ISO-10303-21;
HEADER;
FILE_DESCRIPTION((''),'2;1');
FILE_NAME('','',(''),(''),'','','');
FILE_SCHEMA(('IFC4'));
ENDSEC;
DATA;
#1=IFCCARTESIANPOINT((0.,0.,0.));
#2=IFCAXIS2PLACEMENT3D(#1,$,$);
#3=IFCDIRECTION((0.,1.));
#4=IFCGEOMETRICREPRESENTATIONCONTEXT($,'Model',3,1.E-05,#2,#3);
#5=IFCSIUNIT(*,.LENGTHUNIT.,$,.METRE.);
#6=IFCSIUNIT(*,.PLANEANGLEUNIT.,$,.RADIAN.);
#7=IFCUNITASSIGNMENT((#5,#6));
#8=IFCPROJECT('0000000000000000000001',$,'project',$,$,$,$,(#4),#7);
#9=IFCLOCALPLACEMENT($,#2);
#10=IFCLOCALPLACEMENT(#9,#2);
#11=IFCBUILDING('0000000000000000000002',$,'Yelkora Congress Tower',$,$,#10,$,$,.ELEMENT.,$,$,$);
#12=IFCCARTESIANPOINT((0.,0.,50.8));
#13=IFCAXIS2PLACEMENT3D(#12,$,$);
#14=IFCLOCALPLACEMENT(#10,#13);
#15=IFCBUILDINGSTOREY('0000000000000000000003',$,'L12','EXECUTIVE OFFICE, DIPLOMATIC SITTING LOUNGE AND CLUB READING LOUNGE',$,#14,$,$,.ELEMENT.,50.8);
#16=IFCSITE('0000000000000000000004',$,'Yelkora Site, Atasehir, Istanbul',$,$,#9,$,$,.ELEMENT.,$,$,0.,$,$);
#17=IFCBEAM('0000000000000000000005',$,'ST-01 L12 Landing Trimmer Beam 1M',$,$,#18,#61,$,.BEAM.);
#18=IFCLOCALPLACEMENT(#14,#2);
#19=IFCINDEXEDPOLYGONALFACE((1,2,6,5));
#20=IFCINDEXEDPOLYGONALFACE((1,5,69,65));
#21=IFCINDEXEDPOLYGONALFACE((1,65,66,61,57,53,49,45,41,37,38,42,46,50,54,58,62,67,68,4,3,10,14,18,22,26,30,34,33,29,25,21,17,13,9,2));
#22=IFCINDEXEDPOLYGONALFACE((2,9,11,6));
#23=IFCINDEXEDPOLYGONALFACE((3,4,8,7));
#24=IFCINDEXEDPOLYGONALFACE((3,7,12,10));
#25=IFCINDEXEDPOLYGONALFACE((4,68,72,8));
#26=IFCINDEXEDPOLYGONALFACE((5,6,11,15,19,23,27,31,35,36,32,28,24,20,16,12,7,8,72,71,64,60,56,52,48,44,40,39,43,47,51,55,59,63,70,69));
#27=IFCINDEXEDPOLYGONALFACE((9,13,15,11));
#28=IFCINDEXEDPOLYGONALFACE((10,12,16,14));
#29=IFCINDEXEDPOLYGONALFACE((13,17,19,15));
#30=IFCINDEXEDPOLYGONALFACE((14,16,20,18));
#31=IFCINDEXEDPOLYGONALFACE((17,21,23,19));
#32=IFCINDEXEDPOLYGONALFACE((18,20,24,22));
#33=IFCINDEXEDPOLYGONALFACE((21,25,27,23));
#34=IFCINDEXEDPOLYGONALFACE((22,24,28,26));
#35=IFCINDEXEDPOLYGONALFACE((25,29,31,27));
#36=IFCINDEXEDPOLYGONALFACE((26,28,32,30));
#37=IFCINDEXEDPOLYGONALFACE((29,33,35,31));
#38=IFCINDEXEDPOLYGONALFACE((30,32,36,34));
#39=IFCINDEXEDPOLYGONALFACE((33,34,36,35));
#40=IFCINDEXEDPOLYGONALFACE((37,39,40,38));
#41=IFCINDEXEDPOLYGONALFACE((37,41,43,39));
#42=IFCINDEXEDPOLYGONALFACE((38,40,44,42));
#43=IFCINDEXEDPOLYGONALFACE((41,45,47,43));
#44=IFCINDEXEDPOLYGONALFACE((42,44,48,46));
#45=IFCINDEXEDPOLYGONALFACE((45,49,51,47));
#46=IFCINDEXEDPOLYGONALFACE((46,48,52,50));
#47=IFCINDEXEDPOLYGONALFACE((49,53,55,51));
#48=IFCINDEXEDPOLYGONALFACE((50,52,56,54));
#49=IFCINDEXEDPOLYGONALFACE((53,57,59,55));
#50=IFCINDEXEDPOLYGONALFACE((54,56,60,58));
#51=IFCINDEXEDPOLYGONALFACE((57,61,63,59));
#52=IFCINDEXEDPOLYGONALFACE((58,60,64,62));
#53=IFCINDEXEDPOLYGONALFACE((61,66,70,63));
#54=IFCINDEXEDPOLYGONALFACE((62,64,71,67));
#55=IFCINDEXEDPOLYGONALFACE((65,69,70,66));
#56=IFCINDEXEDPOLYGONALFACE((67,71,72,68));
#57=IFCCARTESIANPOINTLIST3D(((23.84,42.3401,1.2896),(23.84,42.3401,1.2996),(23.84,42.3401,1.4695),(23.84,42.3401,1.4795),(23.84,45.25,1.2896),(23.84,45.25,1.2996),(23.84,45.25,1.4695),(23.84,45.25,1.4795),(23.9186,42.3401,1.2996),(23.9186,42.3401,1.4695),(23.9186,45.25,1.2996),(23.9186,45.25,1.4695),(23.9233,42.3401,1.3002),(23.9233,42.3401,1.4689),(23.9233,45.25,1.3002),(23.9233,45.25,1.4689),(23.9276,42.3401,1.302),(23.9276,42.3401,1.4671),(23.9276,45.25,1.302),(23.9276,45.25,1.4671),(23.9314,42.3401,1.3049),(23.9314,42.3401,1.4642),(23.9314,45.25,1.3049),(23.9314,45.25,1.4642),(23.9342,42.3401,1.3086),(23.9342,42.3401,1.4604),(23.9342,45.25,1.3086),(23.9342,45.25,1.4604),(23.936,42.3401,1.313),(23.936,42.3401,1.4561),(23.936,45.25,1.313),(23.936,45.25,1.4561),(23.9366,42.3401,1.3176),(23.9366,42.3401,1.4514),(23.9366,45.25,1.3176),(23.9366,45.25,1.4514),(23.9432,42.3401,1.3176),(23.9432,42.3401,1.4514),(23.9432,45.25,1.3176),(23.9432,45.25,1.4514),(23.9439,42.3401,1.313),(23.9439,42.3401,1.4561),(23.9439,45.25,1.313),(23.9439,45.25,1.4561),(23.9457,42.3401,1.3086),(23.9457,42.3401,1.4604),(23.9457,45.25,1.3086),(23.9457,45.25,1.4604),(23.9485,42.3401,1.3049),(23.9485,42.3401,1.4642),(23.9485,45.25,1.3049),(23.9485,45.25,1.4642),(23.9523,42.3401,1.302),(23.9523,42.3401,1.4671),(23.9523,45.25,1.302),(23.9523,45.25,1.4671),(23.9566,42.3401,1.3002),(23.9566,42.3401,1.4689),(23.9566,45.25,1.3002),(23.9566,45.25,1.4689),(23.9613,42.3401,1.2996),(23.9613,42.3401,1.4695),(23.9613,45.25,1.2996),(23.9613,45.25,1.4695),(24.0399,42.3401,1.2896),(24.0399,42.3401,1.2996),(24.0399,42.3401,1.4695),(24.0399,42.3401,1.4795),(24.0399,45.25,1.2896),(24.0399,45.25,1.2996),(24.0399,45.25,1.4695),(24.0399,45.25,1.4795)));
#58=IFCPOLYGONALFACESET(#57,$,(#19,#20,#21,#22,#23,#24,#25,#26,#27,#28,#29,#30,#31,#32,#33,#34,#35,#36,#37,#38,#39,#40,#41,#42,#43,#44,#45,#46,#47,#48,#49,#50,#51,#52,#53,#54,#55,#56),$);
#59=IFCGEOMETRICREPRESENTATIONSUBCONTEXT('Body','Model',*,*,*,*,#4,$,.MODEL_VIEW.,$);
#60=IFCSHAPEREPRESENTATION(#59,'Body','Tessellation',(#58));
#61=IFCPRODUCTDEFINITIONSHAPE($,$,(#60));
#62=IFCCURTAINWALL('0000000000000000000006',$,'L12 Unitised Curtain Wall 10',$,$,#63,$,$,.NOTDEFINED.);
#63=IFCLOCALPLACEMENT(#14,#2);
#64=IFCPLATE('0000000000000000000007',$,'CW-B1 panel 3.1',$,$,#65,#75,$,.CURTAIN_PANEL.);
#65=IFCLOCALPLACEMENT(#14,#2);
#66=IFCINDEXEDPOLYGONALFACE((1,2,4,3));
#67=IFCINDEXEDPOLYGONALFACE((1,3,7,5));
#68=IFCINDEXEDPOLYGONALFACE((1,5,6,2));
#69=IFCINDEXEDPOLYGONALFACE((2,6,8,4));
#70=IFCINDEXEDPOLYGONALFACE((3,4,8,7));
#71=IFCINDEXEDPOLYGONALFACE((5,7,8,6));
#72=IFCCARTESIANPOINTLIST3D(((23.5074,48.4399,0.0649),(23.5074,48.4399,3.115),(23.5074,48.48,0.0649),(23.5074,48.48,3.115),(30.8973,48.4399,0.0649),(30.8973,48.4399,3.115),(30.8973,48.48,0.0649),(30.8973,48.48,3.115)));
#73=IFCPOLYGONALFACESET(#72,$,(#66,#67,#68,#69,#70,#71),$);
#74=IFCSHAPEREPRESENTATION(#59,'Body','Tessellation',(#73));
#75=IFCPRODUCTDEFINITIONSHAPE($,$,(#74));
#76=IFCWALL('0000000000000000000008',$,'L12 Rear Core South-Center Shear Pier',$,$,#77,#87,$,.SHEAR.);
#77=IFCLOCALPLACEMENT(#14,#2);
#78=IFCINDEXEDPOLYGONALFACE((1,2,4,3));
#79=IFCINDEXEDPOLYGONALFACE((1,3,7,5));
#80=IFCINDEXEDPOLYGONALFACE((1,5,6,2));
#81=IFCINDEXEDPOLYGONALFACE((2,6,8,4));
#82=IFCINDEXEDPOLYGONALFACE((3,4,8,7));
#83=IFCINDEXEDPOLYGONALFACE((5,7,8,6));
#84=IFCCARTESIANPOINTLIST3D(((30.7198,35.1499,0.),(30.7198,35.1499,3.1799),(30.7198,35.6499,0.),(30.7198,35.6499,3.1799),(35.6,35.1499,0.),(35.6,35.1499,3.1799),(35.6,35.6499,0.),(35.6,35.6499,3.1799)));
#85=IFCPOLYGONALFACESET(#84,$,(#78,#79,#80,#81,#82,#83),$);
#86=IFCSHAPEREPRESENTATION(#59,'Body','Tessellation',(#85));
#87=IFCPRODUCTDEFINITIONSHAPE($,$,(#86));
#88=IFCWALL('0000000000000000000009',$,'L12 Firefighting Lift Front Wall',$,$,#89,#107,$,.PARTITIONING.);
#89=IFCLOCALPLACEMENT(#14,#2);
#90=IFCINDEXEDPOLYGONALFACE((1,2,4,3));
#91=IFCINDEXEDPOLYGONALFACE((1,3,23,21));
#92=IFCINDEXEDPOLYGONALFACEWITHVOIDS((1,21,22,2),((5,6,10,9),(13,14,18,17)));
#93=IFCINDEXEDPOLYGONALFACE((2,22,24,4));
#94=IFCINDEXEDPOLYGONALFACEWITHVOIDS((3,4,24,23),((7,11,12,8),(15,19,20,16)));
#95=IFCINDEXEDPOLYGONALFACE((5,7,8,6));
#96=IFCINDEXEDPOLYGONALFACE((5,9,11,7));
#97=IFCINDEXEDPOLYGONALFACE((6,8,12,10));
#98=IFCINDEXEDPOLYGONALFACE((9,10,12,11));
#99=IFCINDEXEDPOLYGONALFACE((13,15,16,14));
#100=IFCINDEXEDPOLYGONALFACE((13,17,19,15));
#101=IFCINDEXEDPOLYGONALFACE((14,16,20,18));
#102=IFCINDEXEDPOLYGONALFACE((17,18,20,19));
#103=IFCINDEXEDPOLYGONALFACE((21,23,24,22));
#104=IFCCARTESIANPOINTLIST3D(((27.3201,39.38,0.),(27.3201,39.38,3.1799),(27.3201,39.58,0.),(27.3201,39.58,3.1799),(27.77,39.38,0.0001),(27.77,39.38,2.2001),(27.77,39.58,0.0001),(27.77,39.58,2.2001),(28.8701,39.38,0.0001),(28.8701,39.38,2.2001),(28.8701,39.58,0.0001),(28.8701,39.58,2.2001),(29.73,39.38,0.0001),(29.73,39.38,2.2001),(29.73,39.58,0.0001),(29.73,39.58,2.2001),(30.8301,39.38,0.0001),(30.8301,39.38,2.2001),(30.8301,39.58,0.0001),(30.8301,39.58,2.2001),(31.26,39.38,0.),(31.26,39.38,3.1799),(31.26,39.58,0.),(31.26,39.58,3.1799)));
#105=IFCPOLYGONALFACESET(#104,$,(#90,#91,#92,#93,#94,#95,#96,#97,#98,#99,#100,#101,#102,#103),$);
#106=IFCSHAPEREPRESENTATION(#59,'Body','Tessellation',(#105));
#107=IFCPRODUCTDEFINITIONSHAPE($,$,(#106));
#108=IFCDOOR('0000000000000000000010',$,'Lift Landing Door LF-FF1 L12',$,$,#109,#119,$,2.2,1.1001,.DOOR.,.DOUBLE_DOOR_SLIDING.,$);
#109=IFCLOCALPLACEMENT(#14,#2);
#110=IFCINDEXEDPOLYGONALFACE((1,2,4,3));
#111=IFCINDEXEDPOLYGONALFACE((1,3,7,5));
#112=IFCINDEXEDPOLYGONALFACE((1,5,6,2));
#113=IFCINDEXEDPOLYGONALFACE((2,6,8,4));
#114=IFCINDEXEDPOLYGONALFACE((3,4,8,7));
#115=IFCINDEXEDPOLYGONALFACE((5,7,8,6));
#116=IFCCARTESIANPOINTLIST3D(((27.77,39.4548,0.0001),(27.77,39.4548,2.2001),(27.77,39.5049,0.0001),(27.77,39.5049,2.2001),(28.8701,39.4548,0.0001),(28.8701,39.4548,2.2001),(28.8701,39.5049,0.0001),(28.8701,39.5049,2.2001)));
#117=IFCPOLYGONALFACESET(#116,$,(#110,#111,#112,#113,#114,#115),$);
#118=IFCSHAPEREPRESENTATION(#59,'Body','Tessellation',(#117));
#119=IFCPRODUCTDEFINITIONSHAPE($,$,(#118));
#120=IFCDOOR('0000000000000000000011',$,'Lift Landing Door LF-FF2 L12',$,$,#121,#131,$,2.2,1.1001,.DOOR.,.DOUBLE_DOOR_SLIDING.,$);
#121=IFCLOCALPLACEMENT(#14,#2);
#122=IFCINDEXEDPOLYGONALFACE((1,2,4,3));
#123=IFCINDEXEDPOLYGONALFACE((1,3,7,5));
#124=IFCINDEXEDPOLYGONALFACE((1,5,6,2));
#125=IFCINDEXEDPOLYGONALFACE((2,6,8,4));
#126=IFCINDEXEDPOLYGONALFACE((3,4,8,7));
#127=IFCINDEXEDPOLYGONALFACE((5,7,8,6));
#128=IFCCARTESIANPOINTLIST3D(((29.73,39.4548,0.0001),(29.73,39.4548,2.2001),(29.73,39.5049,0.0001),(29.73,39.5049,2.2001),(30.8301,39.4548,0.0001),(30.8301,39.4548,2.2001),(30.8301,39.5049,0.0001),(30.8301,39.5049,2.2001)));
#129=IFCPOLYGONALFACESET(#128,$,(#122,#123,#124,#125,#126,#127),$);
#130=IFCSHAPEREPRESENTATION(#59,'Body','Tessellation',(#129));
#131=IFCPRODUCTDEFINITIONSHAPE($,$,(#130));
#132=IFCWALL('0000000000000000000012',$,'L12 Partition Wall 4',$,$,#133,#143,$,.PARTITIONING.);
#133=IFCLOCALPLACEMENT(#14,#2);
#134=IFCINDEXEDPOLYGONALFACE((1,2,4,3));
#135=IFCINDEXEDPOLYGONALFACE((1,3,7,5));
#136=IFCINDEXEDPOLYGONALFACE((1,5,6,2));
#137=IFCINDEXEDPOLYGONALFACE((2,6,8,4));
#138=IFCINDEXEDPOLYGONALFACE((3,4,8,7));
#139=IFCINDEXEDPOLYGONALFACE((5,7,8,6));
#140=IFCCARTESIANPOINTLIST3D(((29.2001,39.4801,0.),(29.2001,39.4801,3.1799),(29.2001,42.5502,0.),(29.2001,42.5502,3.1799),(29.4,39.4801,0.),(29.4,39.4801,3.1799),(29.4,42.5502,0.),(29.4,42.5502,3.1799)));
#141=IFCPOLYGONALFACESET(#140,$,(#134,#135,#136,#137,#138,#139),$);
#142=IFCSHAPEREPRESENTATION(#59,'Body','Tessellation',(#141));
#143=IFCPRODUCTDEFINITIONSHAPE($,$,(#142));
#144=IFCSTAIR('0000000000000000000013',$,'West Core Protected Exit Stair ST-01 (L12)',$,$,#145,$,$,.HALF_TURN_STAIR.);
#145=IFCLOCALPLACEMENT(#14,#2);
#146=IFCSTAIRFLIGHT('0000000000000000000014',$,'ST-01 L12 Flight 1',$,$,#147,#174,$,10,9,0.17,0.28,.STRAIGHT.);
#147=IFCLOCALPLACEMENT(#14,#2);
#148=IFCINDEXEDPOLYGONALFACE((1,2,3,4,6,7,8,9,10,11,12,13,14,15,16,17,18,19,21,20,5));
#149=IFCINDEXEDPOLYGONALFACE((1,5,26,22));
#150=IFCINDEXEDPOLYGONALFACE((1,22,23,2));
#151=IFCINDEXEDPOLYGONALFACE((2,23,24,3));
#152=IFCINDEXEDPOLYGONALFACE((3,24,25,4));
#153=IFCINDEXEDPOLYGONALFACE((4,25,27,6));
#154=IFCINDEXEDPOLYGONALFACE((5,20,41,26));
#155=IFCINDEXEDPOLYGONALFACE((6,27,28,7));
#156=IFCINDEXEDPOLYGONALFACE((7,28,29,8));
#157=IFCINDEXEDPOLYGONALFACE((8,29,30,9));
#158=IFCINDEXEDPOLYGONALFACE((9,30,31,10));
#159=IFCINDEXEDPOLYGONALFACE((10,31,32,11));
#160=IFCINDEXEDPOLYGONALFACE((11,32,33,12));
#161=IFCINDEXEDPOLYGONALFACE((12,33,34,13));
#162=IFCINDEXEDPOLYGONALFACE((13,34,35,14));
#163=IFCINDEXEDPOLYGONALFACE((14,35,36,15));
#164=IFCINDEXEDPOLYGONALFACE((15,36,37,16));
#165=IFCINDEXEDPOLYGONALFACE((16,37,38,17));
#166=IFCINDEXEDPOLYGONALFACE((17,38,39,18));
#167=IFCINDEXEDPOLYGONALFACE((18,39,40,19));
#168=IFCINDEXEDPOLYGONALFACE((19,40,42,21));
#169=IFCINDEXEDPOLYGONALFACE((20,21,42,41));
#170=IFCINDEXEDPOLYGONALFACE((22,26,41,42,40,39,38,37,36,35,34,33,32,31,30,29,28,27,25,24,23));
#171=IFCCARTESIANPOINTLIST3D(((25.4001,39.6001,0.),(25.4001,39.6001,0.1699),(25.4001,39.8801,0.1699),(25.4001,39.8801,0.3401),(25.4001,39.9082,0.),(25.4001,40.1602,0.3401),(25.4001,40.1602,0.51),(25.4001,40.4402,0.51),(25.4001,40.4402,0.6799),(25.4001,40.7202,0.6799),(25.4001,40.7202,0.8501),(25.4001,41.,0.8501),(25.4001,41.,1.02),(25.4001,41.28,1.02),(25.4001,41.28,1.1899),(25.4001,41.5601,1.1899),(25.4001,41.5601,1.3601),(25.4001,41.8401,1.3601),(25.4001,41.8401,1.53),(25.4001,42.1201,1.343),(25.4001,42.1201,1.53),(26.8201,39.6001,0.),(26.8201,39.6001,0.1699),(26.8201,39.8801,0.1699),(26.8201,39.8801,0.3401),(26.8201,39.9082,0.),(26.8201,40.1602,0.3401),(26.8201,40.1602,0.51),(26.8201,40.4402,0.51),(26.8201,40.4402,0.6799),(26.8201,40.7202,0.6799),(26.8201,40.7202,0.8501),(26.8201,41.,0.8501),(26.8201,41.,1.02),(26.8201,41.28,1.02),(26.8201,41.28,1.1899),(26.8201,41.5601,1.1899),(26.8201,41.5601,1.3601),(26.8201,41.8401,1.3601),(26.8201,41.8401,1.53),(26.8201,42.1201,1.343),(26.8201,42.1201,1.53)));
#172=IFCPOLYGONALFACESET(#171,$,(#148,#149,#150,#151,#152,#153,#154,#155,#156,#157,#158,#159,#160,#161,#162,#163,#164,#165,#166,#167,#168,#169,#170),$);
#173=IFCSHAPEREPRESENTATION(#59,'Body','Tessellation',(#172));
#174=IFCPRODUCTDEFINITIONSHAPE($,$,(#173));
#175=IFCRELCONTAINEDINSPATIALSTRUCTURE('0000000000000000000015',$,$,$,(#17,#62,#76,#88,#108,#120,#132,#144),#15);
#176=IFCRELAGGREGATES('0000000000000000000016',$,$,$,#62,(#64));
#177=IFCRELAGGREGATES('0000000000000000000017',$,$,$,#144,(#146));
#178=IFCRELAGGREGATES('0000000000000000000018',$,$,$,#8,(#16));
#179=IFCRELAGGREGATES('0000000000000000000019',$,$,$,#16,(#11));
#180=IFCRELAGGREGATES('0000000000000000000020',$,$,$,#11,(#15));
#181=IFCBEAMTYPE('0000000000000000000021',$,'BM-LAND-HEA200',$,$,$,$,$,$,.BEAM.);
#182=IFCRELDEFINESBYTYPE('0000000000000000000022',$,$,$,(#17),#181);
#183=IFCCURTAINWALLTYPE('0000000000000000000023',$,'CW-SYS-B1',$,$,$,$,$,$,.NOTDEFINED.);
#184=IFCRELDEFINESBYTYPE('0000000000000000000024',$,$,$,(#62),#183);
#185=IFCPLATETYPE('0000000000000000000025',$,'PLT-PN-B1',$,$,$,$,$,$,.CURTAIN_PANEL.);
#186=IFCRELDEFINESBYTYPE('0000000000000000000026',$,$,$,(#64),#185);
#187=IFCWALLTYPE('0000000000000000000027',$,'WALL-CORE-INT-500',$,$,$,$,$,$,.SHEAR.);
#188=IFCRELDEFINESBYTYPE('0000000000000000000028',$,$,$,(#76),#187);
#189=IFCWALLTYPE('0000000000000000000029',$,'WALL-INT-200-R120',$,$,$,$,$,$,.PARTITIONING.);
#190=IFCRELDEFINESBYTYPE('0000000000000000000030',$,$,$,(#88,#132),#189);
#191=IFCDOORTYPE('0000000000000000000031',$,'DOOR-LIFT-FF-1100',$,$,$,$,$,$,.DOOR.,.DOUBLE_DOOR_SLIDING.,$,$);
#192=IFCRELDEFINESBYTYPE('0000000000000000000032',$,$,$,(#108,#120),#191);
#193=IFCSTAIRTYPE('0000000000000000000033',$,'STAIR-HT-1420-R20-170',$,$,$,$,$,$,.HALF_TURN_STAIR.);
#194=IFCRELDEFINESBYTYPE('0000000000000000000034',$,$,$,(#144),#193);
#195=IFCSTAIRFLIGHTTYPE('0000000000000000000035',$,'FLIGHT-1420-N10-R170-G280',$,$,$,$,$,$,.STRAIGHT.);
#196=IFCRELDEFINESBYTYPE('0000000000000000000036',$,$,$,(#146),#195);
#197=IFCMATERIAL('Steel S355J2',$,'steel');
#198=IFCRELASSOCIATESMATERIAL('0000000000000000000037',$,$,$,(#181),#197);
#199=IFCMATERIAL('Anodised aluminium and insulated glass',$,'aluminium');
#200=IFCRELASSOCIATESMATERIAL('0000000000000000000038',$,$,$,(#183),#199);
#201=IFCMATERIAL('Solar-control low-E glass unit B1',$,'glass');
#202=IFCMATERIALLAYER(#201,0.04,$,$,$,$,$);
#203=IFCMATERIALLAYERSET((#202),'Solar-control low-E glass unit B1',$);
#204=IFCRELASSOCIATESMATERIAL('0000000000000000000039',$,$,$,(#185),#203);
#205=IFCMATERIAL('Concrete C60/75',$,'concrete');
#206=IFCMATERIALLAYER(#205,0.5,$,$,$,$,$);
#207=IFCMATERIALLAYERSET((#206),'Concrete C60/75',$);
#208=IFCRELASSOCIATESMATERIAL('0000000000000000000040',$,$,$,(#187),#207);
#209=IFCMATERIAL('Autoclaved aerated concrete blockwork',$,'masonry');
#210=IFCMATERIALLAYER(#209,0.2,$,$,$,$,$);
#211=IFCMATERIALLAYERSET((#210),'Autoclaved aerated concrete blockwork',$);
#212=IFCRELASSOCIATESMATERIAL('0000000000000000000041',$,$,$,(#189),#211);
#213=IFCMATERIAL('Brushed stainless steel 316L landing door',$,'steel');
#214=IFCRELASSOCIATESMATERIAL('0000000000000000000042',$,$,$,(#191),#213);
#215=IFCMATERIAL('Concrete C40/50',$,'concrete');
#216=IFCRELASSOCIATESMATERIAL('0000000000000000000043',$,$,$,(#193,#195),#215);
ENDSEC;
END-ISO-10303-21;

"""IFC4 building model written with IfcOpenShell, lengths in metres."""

from ifc_helpers import new_model, si_unit, direction, frame, frame_2d, origin, origin_2d, place, context, subcontext, project, spatial, polyline, rectangle, i_section, outline, extrude, material, layer, layer_set, material_profile, profile_set, type_object, element, fill, aggregate, save


model = new_model("IFC4")

# Units and contexts
model_context = context("Model", 3, precision=1e-05, world=origin(), true_north=direction((0.0, 1.0)))
body_context = subcontext(model_context, "Body", "Model", "MODEL_VIEW")
ifc_project = project(units=[si_unit("LENGTHUNIT", "METRE"), si_unit("PLANEANGLEUNIT", "RADIAN")], contexts=[model_context])

# Site, building, storey
site_placement = place(None, origin())
site = spatial("IfcSite", under=ifc_project, at=site_placement, Name="Yelkora Site, Atasehir, Istanbul", CompositionType="ELEMENT", RefElevation=0.0)
building_placement = place(site_placement, origin())
building = spatial("IfcBuilding", under=site, at=building_placement, Name="Yelkora Congress Tower", CompositionType="ELEMENT")
storey_placement = place(building_placement, frame((0.0, 0.0, 50.8)))
storey = spatial("IfcBuildingStorey", under=building, at=storey_placement, Name="L12", Description="EXECUTIVE OFFICE, DIPLOMATIC SITTING LOUNGE AND CLUB READING LOUNGE", CompositionType="ELEMENT", Elevation=50.8)

# Beam
ifc_material_1 = material(Name="Steel S355J2", Category="steel")
ifc_material_profile = material_profile(ifc_material_1, i_section(OverallWidth=0.2, OverallDepth=0.1899, WebThickness=0.0066, FlangeThickness=0.01, FilletRadius=0.0181, at=origin_2d()), Name="HEA 200")
ifc_profile_set = profile_set([ifc_material_profile], Name="Steel S355J2")
beam_type = type_object("IfcBeamType", Name="BM-LAND-HEA200", PredefinedType="BEAM", material=ifc_profile_set)
beam_placement = place(storey_placement, frame((23.9399, 42.3401, 1.3845), z_axis=(0.0, 1.0, 0.0), x_axis=(-1.0, 0.0, 0.0)))
element("IfcBeam", 1, at=beam_placement, inside=storey, type_object=beam_type, Name="ST-01 L12 Landing Trimmer Beam 1M", PredefinedType="BEAM", context=body_context, shape_type="SweptSolid", body=[
    extrude(i_section(OverallWidth=0.2, OverallDepth=0.1899, WebThickness=0.0066, FlangeThickness=0.01, FilletRadius=0.0181, at=origin_2d()), origin(), (0.0, 0.0, 1.0), 2.9099),
])

# Curtain wall, plate
ifc_material_2 = material(Name="Anodised aluminium and insulated glass", Category="aluminium")
curtain_wall_type = type_object("IfcCurtainWallType", Name="CW-SYS-B1", PredefinedType="NOTDEFINED", material=ifc_material_2)
curtain_wall_placement = place(storey_placement, origin())
curtain_wall = element("IfcCurtainWall", 2, at=curtain_wall_placement, inside=storey, type_object=curtain_wall_type, Name="L12 Unitised Curtain Wall 10", PredefinedType="NOTDEFINED")
ifc_material_3 = material(Name="Solar-control low-E glass unit B1", Category="glass")
ifc_layer_1 = layer(ifc_material_3, 0.04)
ifc_layer_set_1 = layer_set([ifc_layer_1], Name="Solar-control low-E glass unit B1")
plate_type = type_object("IfcPlateType", Name="PLT-PN-B1", PredefinedType="CURTAIN_PANEL", material=ifc_layer_set_1)
plate_placement = place(storey_placement, frame((27.2024, 48.46, 0.0649), z_axis=(0.0, 0.0, 1.0), x_axis=(1.0, 0.0, 0.0)))
plate = element("IfcPlate", 3, at=plate_placement, type_object=plate_type, Name="CW-B1 panel 3.1", PredefinedType="CURTAIN_PANEL", context=body_context, shape_type="SweptSolid", body=[
    extrude(rectangle(XDim=7.3899, YDim=0.04, at=origin_2d()), origin(), (0.0, 0.0, 1.0), 3.05),
])
aggregate(curtain_wall, [plate])

# Wall
ifc_material_4 = material(Name="Concrete C60/75", Category="concrete")
ifc_layer_2 = layer(ifc_material_4, 0.5)
ifc_layer_set_2 = layer_set([ifc_layer_2], Name="Concrete C60/75")
wall_type_1 = type_object("IfcWallType", Name="WALL-CORE-INT-500", PredefinedType="SHEAR", material=ifc_layer_set_2)
wall_1_placement = place(storey_placement, frame((30.72, 35.3999, 0.0), z_axis=(0.0, 0.0, 1.0), x_axis=(1.0, 0.0, 0.0)))
element("IfcWall", 4, at=wall_1_placement, inside=storey, type_object=wall_type_1, Name="L12 Rear Core South-Center Shear Pier", PredefinedType="SHEAR", context=body_context, shape_type="SweptSolid", body=[
    extrude(rectangle(XDim=4.8801, YDim=0.5, at=frame_2d((2.4399, 0.0))), origin(), (0.0, 0.0, 1.0), 3.1799),
])

# Shared definitions
ifc_material_5 = material(Name="Autoclaved aerated concrete blockwork", Category="masonry")
ifc_layer_3 = layer(ifc_material_5, 0.2)
ifc_layer_set_3 = layer_set([ifc_layer_3], Name="Autoclaved aerated concrete blockwork")
wall_type_2 = type_object("IfcWallType", Name="WALL-INT-200-R120", PredefinedType="PARTITIONING", material=ifc_layer_set_3)

# Wall, openings, doors
wall_2_placement = place(storey_placement, frame((27.3201, 39.48, 0.0), z_axis=(0.0, 0.0, 1.0), x_axis=(1.0, 0.0, 0.0)))
wall_2 = element("IfcWall", 5, at=wall_2_placement, inside=storey, type_object=wall_type_2, Name="L12 Firefighting Lift Front Wall", PredefinedType="PARTITIONING", context=body_context, shape_type="SweptSolid", body=[
    extrude(rectangle(XDim=3.9399, YDim=0.2, at=frame_2d((1.97, 0.0))), origin(), (0.0, 0.0, 1.0), 3.1799),
])
opening_1_placement = place(wall_2_placement, frame((0.45, 0.0, 0.0)))
opening_1 = element("IfcOpeningElement", 6, at=opening_1_placement, cuts=wall_2, PredefinedType="OPENING", context=body_context, shape_type="SweptSolid", body=[
    extrude(rectangle(XDim=1.1001, YDim=2.2, at=frame_2d((0.55, 1.1001))), frame((0.0, 0.1099, 0.0), z_axis=(0.0, -1.0, 0.0), x_axis=(1.0, 0.0, 0.0)), (0.0, 0.0, 1.0), 0.22),
])
opening_2_placement = place(wall_2_placement, frame((2.4099, 0.0, 0.0)))
opening_2 = element("IfcOpeningElement", 7, at=opening_2_placement, cuts=wall_2, PredefinedType="OPENING", context=body_context, shape_type="SweptSolid", body=[
    extrude(rectangle(XDim=1.1001, YDim=2.2, at=frame_2d((0.55, 1.1001))), frame((0.0, 0.1099, 0.0), z_axis=(0.0, -1.0, 0.0), x_axis=(1.0, 0.0, 0.0)), (0.0, 0.0, 1.0), 0.22),
])
ifc_material_6 = material(Name="Brushed stainless steel 316L landing door", Category="steel")
door_type_1 = type_object("IfcDoorType", Name="DOOR-LIFT-FF-1100", OperationType="DOUBLE_DOOR_SLIDING", PredefinedType="DOOR", material=ifc_material_6)
door_1_placement = place(opening_1_placement, origin())
door_1 = element("IfcDoor", 8, at=door_1_placement, inside=storey, type_object=door_type_1, Name="Lift Landing Door LF-FF1 L12", OperationType="DOUBLE_DOOR_SLIDING", OverallHeight=2.2, OverallWidth=1.1001, PredefinedType="DOOR", context=body_context, shape_type="SweptSolid", body=[
    extrude(rectangle(XDim=1.1001, YDim=2.2, at=frame_2d((0.55, 1.1001))), frame((0.0, 0.0249, 0.0), z_axis=(0.0, -1.0, 0.0), x_axis=(1.0, 0.0, 0.0)), (0.0, 0.0, 1.0), 0.05),
])
fill(opening_1, door_1)
door_2_placement = place(opening_2_placement, origin())
door_2 = element("IfcDoor", 9, at=door_2_placement, inside=storey, type_object=door_type_1, Name="Lift Landing Door LF-FF2 L12", OperationType="DOUBLE_DOOR_SLIDING", OverallHeight=2.2, OverallWidth=1.1001, PredefinedType="DOOR", context=body_context, shape_type="SweptSolid", body=[
    extrude(rectangle(XDim=1.1001, YDim=2.2, at=frame_2d((0.55, 1.1001))), frame((0.0, 0.0249, 0.0), z_axis=(0.0, -1.0, 0.0), x_axis=(1.0, 0.0, 0.0)), (0.0, 0.0, 1.0), 0.05),
])
fill(opening_2, door_2)

# Wall
wall_3_placement = place(storey_placement, frame((29.3, 39.48, 0.0), z_axis=(0.0, 0.0, 1.0), x_axis=(0.0, 1.0, 0.0)))
element("IfcWall", 10, at=wall_3_placement, inside=storey, type_object=wall_type_2, Name="L12 Partition Wall 4", PredefinedType="PARTITIONING", context=body_context, shape_type="SweptSolid", body=[
    extrude(rectangle(XDim=3.0701, YDim=0.2, at=frame_2d((1.5352, 0.0))), origin(), (0.0, 0.0, 1.0), 3.1799),
])

# Stair, stair flight
ifc_material_7 = material(Name="Concrete C40/50", Category="concrete")
stair_type = type_object("IfcStairType", Name="STAIR-HT-1420-R20-170", PredefinedType="HALF_TURN_STAIR", material=ifc_material_7)
stair_placement = place(storey_placement, origin())
stair = element("IfcStair", 11, at=stair_placement, inside=storey, type_object=stair_type, Name="West Core Protected Exit Stair ST-01 (L12)", PredefinedType="HALF_TURN_STAIR")
stair_flight_type = type_object("IfcStairFlightType", Name="FLIGHT-1420-N10-R170-G280", PredefinedType="STRAIGHT", material=ifc_material_7)
stair_flight_1_placement = place(storey_placement, frame((26.1101, 39.6001, 0.0), z_axis=(0.0, 0.0, 1.0), x_axis=(0.0, 1.0, 0.0)))
stair_flight_1 = element("IfcStairFlight", 12, at=stair_flight_1_placement, type_object=stair_flight_type, Name="ST-01 L12 Flight 1", NumberOfRisers=10, NumberOfTreads=9, PredefinedType="STRAIGHT", RiserHeight=0.17, TreadLength=0.28, context=body_context, shape_type="SweptSolid", body=[
    extrude(outline(polyline([(0.0, 0.0), (0.0, 0.1699), (0.28, 0.1699), (0.28, 0.3401), (0.5601, 0.3401), (0.5601, 0.51), (0.8401, 0.51), (0.8401, 0.6799), (1.1201, 0.6799), (1.1201, 0.8501), (1.3999, 0.8501), (1.3999, 1.02), (1.6799, 1.02), (1.6799, 1.1899), (1.96, 1.1899), (1.96, 1.3601), (2.24, 1.3601), (2.24, 1.53), (2.52, 1.53), (2.52, 1.7), (2.52, 1.343), (0.3081, 0.0), (0.0, 0.0)])), frame((0.0, 0.71, 0.0), z_axis=(0.0, -1.0, 0.0), x_axis=(1.0, 0.0, 0.0)), (0.0, 0.0, 1.0), 1.4199),
])
aggregate(stair, [stair_flight_1])

save(model, "model.ifc")
